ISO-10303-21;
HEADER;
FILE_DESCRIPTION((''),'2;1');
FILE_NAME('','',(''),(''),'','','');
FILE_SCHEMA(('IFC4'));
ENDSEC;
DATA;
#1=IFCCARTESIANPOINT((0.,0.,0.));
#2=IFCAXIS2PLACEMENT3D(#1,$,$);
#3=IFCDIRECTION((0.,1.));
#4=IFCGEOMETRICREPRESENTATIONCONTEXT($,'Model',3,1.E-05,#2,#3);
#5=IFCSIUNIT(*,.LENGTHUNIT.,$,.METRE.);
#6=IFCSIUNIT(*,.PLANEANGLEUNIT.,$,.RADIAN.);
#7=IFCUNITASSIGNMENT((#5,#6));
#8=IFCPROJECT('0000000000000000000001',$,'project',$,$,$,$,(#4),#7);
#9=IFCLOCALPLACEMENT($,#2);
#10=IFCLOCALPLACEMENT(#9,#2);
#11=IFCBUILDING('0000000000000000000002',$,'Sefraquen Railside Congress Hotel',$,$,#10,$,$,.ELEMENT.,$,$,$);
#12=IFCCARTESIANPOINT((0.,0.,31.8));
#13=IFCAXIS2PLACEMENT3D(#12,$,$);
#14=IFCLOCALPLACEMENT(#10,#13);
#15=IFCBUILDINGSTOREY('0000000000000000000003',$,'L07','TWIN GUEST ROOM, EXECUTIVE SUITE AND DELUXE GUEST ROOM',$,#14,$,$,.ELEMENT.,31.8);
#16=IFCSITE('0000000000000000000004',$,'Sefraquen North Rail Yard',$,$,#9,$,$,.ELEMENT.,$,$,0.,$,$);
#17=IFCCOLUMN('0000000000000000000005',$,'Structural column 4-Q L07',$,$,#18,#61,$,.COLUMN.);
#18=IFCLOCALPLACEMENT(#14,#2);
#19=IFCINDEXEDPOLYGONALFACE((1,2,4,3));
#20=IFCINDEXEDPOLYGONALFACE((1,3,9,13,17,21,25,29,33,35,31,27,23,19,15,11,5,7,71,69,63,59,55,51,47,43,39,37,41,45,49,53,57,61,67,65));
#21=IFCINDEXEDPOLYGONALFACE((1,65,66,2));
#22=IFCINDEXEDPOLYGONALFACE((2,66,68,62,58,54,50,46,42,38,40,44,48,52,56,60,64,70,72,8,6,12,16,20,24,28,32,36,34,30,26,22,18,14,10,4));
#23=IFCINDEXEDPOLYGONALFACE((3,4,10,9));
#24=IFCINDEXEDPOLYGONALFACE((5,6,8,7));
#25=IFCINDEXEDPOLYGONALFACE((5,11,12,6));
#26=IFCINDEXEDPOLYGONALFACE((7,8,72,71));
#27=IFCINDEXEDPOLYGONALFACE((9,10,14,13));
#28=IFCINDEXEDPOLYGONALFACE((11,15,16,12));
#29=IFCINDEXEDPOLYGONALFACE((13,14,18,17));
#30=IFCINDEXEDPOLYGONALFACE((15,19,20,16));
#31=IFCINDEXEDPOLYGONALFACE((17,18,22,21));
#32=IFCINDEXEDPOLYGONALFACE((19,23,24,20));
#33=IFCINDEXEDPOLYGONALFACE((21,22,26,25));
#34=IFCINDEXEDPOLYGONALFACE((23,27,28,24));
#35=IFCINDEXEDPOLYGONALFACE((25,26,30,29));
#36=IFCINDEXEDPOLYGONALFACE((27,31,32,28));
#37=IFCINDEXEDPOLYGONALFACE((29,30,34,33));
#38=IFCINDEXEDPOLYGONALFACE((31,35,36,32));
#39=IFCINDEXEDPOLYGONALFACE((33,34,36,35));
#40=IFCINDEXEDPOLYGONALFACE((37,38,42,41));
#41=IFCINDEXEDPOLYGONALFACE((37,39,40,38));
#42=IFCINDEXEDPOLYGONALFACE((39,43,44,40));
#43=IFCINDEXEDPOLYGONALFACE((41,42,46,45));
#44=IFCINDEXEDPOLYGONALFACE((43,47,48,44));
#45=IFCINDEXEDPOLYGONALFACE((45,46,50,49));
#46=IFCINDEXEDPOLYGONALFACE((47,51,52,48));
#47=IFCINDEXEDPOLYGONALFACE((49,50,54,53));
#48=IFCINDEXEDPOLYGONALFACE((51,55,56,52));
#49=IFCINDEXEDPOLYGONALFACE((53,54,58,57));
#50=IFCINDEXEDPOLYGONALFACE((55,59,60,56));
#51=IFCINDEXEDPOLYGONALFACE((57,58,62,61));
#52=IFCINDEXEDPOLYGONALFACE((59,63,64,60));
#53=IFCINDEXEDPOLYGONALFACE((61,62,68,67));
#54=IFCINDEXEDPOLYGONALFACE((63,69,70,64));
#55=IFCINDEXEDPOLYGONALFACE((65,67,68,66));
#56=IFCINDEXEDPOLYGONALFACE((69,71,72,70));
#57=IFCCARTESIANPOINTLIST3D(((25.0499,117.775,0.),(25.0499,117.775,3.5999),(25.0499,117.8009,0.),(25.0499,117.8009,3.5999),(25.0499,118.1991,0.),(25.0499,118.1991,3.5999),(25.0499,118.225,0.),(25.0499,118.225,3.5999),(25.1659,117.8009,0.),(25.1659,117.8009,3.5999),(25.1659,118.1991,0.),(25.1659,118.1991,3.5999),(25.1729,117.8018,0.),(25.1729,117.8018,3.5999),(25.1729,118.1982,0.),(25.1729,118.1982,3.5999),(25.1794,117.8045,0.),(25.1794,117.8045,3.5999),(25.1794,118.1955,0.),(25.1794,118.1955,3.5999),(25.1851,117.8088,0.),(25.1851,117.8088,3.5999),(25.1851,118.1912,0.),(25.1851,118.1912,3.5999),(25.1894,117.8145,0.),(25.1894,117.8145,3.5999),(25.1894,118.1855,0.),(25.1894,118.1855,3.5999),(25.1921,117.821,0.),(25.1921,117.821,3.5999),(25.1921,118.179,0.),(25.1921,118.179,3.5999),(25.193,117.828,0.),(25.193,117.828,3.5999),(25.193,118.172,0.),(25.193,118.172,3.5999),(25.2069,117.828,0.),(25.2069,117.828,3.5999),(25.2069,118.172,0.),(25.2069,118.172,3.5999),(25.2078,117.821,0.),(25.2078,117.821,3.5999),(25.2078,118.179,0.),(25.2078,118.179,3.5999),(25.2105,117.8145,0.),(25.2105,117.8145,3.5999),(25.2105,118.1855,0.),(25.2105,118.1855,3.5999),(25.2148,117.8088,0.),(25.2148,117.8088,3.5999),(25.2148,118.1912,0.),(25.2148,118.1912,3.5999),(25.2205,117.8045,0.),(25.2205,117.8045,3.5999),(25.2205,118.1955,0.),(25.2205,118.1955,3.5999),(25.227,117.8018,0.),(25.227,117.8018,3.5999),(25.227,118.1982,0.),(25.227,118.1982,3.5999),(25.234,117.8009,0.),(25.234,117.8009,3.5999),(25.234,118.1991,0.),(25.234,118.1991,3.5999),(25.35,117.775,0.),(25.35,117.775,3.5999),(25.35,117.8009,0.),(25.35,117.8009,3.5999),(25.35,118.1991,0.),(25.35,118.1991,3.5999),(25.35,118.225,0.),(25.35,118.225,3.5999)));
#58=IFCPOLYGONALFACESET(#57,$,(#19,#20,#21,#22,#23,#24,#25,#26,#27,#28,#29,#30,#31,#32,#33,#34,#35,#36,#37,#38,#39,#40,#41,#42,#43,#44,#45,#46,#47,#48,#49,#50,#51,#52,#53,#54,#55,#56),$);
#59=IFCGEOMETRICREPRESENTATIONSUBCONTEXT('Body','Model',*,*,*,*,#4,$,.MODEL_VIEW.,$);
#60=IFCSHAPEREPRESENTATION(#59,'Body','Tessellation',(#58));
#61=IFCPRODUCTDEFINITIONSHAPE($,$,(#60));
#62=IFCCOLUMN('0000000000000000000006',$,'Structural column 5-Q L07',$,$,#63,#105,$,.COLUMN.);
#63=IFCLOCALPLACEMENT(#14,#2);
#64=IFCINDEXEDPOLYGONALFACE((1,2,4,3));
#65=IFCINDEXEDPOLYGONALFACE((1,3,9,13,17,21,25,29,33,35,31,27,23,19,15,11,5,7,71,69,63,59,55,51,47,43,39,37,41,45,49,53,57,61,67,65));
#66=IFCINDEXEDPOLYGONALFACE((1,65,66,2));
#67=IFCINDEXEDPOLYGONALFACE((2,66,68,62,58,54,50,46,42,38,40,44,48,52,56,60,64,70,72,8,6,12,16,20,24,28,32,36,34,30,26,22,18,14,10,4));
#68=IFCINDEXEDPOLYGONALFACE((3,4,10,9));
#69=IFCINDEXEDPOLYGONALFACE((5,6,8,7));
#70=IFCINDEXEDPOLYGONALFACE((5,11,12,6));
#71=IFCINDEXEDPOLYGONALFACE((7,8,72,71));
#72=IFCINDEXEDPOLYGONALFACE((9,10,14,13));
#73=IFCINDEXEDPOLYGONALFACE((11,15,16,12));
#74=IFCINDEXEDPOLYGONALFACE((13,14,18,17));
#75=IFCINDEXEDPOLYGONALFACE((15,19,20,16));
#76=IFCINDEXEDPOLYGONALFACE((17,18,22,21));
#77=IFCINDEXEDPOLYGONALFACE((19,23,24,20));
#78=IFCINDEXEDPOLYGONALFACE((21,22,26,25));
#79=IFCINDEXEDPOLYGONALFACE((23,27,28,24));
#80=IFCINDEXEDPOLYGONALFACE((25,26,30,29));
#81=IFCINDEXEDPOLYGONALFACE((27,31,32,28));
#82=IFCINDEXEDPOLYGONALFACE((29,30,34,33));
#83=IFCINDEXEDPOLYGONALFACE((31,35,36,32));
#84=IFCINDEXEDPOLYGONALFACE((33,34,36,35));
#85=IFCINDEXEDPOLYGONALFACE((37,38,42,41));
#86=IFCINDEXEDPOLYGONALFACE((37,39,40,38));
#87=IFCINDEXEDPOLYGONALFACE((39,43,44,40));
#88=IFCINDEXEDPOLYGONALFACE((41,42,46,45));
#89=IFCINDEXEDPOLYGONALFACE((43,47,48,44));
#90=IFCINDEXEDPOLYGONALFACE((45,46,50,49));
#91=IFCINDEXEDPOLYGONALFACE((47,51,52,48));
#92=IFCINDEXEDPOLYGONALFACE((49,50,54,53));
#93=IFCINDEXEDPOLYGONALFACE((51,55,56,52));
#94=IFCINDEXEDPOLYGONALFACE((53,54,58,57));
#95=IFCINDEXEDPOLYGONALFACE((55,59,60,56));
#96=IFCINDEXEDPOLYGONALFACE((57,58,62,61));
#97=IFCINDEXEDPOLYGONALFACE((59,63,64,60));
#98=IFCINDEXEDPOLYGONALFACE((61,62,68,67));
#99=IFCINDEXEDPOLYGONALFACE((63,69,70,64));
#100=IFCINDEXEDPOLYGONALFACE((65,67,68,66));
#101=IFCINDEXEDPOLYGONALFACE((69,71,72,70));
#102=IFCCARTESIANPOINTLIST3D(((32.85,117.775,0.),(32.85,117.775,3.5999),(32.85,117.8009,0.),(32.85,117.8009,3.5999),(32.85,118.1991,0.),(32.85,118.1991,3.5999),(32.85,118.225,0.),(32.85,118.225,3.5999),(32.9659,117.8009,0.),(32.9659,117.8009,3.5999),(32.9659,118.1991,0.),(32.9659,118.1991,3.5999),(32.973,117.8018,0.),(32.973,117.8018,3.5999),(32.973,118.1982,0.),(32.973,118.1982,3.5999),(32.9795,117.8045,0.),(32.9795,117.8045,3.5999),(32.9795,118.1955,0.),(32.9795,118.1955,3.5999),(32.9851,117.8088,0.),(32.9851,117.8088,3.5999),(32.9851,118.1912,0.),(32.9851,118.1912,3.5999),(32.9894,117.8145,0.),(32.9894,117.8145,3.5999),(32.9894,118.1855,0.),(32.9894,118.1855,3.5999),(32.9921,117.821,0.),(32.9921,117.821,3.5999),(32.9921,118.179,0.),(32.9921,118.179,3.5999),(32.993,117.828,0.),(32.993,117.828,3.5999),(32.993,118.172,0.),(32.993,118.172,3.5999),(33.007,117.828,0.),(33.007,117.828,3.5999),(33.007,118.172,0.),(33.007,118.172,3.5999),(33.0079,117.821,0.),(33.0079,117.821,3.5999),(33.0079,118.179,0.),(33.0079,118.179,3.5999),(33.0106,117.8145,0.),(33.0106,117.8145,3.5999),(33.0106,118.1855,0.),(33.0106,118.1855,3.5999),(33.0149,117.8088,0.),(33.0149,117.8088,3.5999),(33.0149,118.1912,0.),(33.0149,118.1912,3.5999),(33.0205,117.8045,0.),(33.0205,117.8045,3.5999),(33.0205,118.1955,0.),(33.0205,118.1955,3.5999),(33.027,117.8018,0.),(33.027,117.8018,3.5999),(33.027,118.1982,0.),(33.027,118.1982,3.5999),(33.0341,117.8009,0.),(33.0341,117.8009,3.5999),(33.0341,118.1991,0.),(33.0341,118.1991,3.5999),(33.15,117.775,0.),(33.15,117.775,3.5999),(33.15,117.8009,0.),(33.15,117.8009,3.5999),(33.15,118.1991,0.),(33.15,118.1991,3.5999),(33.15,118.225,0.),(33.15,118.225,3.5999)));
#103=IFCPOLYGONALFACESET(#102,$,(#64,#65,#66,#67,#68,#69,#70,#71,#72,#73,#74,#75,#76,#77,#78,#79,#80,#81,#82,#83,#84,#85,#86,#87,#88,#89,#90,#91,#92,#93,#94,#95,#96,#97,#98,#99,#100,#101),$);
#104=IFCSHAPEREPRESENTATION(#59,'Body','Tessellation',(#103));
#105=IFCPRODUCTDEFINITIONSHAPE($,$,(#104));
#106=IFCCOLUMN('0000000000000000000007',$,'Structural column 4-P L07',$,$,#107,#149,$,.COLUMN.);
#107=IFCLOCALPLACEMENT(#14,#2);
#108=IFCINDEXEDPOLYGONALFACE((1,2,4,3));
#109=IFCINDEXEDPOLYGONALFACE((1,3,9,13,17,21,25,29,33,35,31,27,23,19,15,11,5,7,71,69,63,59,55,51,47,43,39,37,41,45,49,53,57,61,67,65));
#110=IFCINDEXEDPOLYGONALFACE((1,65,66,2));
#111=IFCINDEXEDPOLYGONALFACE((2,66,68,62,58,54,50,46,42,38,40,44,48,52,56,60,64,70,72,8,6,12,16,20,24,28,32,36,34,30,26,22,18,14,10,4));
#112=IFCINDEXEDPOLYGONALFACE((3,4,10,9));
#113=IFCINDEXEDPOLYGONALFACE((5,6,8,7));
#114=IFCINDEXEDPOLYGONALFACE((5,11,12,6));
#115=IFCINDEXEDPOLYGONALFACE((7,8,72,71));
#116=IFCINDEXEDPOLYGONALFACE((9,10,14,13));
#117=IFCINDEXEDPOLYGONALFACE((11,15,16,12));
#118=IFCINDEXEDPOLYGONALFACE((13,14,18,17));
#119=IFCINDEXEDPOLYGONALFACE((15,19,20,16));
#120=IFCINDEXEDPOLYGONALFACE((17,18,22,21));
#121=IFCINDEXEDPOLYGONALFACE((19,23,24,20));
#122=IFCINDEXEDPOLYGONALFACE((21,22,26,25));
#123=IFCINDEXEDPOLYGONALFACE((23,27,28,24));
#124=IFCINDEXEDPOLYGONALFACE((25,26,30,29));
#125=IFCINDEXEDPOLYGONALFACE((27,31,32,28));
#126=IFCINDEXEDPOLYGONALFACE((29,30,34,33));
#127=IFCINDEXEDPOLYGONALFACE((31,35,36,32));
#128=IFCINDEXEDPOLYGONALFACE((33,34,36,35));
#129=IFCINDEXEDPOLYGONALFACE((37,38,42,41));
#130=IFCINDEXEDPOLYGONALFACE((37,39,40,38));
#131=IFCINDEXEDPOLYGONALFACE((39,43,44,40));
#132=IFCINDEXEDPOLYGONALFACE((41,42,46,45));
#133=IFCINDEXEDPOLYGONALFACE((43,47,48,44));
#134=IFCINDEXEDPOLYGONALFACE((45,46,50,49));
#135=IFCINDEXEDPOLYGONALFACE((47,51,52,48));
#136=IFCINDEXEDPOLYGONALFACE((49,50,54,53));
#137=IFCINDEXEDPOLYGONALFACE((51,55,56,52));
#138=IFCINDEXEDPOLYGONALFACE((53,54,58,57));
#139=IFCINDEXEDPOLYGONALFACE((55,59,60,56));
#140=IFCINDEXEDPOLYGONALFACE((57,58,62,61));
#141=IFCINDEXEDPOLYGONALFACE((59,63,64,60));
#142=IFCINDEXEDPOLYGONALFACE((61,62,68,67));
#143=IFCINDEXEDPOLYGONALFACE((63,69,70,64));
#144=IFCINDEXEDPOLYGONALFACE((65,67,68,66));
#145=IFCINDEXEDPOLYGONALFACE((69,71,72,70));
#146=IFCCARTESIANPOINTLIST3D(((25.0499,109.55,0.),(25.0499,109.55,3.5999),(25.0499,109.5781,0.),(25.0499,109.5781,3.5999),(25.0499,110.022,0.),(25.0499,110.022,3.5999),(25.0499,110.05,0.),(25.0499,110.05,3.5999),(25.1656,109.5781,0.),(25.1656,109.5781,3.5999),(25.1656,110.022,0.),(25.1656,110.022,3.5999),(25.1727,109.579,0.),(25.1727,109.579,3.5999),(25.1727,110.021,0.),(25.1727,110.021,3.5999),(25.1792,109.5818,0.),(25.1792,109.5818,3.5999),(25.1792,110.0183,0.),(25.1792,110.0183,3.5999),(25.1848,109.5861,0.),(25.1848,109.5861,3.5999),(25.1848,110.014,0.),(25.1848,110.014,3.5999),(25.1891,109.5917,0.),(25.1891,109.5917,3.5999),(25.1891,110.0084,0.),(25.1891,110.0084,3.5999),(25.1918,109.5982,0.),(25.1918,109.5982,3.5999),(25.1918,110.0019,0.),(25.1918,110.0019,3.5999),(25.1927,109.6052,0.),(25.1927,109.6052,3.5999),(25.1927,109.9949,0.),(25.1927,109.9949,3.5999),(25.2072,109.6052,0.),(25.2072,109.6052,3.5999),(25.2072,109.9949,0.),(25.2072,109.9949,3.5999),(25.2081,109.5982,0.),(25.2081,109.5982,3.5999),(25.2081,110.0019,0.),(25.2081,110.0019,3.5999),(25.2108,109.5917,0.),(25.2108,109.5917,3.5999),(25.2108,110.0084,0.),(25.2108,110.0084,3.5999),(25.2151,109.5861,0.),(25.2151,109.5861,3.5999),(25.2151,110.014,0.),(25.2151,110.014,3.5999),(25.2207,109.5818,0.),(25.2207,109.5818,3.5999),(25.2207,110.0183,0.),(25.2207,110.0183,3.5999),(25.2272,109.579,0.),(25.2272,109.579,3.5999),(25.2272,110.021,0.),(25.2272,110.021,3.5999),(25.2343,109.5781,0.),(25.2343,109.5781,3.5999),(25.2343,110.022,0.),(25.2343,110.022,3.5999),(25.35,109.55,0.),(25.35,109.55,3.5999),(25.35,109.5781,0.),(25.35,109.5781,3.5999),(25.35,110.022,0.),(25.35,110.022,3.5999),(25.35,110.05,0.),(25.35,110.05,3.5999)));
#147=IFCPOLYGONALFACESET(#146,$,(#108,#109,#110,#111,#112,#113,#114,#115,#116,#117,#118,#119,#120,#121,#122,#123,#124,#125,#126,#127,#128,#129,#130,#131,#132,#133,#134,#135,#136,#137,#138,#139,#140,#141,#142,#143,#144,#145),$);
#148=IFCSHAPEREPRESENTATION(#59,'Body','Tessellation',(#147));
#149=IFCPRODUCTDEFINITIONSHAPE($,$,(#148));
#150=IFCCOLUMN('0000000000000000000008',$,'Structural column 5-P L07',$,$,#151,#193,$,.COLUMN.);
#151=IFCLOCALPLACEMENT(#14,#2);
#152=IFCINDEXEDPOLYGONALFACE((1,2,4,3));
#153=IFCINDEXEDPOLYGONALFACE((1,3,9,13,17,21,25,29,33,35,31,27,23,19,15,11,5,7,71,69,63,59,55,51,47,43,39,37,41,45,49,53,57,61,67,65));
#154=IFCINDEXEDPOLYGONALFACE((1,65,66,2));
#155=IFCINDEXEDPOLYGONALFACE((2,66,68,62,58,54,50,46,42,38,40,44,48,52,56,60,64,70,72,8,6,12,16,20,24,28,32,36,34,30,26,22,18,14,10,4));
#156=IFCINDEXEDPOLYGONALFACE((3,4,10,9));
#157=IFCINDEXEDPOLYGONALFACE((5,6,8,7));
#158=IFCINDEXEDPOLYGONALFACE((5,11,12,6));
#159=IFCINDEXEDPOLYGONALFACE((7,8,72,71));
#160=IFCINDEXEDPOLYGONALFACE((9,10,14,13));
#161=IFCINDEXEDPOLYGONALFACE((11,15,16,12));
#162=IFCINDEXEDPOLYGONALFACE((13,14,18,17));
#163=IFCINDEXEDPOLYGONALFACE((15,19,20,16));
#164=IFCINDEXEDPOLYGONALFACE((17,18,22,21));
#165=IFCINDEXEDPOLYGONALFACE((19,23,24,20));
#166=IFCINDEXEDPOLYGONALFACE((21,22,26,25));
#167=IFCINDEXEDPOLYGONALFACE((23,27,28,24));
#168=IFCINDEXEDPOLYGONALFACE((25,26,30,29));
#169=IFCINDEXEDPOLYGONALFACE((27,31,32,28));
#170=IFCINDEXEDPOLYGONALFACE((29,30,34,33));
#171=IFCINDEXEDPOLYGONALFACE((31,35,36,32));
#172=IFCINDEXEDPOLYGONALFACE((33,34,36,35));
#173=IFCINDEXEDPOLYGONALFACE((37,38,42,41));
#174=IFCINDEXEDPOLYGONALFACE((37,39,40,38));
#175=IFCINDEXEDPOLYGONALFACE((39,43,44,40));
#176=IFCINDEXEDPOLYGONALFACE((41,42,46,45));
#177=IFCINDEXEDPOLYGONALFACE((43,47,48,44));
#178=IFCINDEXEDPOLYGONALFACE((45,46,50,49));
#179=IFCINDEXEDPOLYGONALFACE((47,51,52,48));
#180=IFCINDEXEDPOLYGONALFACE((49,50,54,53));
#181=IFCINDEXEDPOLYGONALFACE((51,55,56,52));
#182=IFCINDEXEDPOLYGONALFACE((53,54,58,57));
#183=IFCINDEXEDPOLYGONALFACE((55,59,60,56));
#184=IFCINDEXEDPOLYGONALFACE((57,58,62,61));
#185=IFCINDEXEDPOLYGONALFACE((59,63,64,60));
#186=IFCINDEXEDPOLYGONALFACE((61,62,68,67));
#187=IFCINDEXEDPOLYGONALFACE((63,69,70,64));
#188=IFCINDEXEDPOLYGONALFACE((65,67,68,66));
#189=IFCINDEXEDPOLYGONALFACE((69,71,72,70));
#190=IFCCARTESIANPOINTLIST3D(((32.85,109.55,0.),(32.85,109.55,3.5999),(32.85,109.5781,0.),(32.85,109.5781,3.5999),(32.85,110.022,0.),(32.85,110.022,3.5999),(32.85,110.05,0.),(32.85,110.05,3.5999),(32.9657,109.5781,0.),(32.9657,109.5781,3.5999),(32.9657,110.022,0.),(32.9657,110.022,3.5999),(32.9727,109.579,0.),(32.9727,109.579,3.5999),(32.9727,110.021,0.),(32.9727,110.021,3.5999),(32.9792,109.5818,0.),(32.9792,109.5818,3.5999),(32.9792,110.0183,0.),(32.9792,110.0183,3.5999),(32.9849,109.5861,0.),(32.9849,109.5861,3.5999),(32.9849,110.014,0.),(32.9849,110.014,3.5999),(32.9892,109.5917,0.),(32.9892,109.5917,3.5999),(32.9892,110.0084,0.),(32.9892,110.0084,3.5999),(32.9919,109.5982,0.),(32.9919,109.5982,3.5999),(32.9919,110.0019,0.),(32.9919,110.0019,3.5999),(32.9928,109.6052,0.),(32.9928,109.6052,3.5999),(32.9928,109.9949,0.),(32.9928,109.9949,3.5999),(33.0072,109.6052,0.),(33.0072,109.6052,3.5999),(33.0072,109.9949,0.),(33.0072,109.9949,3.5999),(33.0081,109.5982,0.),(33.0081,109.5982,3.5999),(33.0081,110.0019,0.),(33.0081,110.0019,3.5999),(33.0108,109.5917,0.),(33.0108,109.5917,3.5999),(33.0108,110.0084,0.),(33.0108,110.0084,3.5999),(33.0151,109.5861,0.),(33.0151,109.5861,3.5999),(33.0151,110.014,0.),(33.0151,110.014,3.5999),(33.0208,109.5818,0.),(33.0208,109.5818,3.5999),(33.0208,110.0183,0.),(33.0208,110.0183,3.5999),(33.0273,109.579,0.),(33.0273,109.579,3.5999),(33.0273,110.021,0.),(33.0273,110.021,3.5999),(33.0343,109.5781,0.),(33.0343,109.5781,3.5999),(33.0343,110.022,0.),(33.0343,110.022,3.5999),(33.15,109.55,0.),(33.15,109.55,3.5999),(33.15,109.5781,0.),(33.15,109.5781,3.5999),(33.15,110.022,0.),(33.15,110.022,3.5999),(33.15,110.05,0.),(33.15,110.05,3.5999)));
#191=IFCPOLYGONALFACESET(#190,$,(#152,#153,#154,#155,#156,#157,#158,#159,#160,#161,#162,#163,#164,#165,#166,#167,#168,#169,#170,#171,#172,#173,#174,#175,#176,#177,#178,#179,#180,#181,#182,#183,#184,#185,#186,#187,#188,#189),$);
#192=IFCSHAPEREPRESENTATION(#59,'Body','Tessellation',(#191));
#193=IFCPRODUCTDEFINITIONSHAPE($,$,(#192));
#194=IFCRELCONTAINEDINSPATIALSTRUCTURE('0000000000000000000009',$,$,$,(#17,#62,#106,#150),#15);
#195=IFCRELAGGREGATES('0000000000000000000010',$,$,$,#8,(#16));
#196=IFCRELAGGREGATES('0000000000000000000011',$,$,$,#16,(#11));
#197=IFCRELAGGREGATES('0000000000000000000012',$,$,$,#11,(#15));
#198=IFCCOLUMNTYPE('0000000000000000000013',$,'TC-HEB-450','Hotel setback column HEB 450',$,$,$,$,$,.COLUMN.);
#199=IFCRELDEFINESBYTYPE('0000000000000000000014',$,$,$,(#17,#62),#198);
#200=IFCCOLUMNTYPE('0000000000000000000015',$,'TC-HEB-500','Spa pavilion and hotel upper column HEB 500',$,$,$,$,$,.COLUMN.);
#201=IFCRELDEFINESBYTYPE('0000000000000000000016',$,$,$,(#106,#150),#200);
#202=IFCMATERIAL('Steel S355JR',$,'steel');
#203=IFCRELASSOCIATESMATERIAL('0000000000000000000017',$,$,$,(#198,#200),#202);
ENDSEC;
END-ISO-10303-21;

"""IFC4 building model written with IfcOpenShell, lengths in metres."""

from ifc_helpers import new_model, si_unit, direction, frame, origin, origin_2d, place, context, subcontext, project, spatial, i_section, extrude, material, material_profile, profile_set, type_object, element, save


model = new_model("IFC4")

# Units and contexts
model_context = context("Model", 3, precision=1e-05, world=origin(), true_north=direction((0.0, 1.0)))
body_context = subcontext(model_context, "Body", "Model", "MODEL_VIEW")
ifc_project = project(units=[si_unit("LENGTHUNIT", "METRE"), si_unit("PLANEANGLEUNIT", "RADIAN")], contexts=[model_context])

# Site, building, storey
site_placement = place(None, origin())
site = spatial("IfcSite", under=ifc_project, at=site_placement, Name="Sefraquen North Rail Yard", CompositionType="ELEMENT", RefElevation=0.0)
building_placement = place(site_placement, origin())
building = spatial("IfcBuilding", under=site, at=building_placement, Name="Sefraquen Railside Congress Hotel", CompositionType="ELEMENT")
storey_placement = place(building_placement, frame((0.0, 0.0, 31.8)))
storey = spatial("IfcBuildingStorey", under=building, at=storey_placement, Name="L07", Description="TWIN GUEST ROOM, EXECUTIVE SUITE AND DELUXE GUEST ROOM", CompositionType="ELEMENT", Elevation=31.8)

# Columns
ifc_material_1 = material(Name="Steel S355JR", Category="steel")
ifc_material_profile_1 = material_profile(ifc_material_1, i_section(OverallWidth=0.3, OverallDepth=0.45, WebThickness=0.0139, FlangeThickness=0.0259, FilletRadius=0.0271, at=origin_2d()), Name="HEB 450")
ifc_profile_set_1 = profile_set([ifc_material_profile_1], Name="Steel S355JR")
column_type_1 = type_object("IfcColumnType", Name="TC-HEB-450", Description="Hotel setback column HEB 450", PredefinedType="COLUMN", material=ifc_profile_set_1)
for number, where, z_axis, x_axis, name in (
    (1, (25.2, 118.0, 0.0), (0.0, 0.0, 1.0), (1.0, 0.0, 0.0), "Structural column 4-Q L07"),
    (2, (33.0, 118.0, 0.0), (0.0, 0.0, 1.0), (1.0, 0.0, 0.0), "Structural column 5-Q L07"),
):
    element("IfcColumn", number, at=place(storey_placement, frame(where, z_axis=z_axis, x_axis=x_axis)), inside=storey, type_object=column_type_1, Name=name, PredefinedType="COLUMN", context=body_context, shape_type="SweptSolid", body=[
        extrude(i_section(OverallWidth=0.3, OverallDepth=0.45, WebThickness=0.0139, FlangeThickness=0.0259, FilletRadius=0.0271, at=origin_2d()), origin(), (0.0, 0.0, 1.0), 3.5999),
    ])
ifc_material_profile_2 = material_profile(ifc_material_1, i_section(OverallWidth=0.3, OverallDepth=0.5, WebThickness=0.0144, FlangeThickness=0.0281, FilletRadius=0.0271, at=origin_2d()), Name="HEB 500")
ifc_profile_set_2 = profile_set([ifc_material_profile_2], Name="Steel S355JR")
column_type_2 = type_object("IfcColumnType", Name="TC-HEB-500", Description="Spa pavilion and hotel upper column HEB 500", PredefinedType="COLUMN", material=ifc_profile_set_2)
for number, where, z_axis, x_axis, name in (
    (3, (25.2, 109.8, 0.0), (0.0, 0.0, 1.0), (1.0, 0.0, 0.0), "Structural column 4-P L07"),
    (4, (33.0, 109.8, 0.0), (0.0, 0.0, 1.0), (1.0, 0.0, 0.0), "Structural column 5-P L07"),
):
    element("IfcColumn", number, at=place(storey_placement, frame(where, z_axis=z_axis, x_axis=x_axis)), inside=storey, type_object=column_type_2, Name=name, PredefinedType="COLUMN", context=body_context, shape_type="SweptSolid", body=[
        extrude(i_section(OverallWidth=0.3, OverallDepth=0.5, WebThickness=0.0144, FlangeThickness=0.0281, FilletRadius=0.0271, at=origin_2d()), origin(), (0.0, 0.0, 1.0), 3.5999),
    ])

save(model, "model.ifc")
